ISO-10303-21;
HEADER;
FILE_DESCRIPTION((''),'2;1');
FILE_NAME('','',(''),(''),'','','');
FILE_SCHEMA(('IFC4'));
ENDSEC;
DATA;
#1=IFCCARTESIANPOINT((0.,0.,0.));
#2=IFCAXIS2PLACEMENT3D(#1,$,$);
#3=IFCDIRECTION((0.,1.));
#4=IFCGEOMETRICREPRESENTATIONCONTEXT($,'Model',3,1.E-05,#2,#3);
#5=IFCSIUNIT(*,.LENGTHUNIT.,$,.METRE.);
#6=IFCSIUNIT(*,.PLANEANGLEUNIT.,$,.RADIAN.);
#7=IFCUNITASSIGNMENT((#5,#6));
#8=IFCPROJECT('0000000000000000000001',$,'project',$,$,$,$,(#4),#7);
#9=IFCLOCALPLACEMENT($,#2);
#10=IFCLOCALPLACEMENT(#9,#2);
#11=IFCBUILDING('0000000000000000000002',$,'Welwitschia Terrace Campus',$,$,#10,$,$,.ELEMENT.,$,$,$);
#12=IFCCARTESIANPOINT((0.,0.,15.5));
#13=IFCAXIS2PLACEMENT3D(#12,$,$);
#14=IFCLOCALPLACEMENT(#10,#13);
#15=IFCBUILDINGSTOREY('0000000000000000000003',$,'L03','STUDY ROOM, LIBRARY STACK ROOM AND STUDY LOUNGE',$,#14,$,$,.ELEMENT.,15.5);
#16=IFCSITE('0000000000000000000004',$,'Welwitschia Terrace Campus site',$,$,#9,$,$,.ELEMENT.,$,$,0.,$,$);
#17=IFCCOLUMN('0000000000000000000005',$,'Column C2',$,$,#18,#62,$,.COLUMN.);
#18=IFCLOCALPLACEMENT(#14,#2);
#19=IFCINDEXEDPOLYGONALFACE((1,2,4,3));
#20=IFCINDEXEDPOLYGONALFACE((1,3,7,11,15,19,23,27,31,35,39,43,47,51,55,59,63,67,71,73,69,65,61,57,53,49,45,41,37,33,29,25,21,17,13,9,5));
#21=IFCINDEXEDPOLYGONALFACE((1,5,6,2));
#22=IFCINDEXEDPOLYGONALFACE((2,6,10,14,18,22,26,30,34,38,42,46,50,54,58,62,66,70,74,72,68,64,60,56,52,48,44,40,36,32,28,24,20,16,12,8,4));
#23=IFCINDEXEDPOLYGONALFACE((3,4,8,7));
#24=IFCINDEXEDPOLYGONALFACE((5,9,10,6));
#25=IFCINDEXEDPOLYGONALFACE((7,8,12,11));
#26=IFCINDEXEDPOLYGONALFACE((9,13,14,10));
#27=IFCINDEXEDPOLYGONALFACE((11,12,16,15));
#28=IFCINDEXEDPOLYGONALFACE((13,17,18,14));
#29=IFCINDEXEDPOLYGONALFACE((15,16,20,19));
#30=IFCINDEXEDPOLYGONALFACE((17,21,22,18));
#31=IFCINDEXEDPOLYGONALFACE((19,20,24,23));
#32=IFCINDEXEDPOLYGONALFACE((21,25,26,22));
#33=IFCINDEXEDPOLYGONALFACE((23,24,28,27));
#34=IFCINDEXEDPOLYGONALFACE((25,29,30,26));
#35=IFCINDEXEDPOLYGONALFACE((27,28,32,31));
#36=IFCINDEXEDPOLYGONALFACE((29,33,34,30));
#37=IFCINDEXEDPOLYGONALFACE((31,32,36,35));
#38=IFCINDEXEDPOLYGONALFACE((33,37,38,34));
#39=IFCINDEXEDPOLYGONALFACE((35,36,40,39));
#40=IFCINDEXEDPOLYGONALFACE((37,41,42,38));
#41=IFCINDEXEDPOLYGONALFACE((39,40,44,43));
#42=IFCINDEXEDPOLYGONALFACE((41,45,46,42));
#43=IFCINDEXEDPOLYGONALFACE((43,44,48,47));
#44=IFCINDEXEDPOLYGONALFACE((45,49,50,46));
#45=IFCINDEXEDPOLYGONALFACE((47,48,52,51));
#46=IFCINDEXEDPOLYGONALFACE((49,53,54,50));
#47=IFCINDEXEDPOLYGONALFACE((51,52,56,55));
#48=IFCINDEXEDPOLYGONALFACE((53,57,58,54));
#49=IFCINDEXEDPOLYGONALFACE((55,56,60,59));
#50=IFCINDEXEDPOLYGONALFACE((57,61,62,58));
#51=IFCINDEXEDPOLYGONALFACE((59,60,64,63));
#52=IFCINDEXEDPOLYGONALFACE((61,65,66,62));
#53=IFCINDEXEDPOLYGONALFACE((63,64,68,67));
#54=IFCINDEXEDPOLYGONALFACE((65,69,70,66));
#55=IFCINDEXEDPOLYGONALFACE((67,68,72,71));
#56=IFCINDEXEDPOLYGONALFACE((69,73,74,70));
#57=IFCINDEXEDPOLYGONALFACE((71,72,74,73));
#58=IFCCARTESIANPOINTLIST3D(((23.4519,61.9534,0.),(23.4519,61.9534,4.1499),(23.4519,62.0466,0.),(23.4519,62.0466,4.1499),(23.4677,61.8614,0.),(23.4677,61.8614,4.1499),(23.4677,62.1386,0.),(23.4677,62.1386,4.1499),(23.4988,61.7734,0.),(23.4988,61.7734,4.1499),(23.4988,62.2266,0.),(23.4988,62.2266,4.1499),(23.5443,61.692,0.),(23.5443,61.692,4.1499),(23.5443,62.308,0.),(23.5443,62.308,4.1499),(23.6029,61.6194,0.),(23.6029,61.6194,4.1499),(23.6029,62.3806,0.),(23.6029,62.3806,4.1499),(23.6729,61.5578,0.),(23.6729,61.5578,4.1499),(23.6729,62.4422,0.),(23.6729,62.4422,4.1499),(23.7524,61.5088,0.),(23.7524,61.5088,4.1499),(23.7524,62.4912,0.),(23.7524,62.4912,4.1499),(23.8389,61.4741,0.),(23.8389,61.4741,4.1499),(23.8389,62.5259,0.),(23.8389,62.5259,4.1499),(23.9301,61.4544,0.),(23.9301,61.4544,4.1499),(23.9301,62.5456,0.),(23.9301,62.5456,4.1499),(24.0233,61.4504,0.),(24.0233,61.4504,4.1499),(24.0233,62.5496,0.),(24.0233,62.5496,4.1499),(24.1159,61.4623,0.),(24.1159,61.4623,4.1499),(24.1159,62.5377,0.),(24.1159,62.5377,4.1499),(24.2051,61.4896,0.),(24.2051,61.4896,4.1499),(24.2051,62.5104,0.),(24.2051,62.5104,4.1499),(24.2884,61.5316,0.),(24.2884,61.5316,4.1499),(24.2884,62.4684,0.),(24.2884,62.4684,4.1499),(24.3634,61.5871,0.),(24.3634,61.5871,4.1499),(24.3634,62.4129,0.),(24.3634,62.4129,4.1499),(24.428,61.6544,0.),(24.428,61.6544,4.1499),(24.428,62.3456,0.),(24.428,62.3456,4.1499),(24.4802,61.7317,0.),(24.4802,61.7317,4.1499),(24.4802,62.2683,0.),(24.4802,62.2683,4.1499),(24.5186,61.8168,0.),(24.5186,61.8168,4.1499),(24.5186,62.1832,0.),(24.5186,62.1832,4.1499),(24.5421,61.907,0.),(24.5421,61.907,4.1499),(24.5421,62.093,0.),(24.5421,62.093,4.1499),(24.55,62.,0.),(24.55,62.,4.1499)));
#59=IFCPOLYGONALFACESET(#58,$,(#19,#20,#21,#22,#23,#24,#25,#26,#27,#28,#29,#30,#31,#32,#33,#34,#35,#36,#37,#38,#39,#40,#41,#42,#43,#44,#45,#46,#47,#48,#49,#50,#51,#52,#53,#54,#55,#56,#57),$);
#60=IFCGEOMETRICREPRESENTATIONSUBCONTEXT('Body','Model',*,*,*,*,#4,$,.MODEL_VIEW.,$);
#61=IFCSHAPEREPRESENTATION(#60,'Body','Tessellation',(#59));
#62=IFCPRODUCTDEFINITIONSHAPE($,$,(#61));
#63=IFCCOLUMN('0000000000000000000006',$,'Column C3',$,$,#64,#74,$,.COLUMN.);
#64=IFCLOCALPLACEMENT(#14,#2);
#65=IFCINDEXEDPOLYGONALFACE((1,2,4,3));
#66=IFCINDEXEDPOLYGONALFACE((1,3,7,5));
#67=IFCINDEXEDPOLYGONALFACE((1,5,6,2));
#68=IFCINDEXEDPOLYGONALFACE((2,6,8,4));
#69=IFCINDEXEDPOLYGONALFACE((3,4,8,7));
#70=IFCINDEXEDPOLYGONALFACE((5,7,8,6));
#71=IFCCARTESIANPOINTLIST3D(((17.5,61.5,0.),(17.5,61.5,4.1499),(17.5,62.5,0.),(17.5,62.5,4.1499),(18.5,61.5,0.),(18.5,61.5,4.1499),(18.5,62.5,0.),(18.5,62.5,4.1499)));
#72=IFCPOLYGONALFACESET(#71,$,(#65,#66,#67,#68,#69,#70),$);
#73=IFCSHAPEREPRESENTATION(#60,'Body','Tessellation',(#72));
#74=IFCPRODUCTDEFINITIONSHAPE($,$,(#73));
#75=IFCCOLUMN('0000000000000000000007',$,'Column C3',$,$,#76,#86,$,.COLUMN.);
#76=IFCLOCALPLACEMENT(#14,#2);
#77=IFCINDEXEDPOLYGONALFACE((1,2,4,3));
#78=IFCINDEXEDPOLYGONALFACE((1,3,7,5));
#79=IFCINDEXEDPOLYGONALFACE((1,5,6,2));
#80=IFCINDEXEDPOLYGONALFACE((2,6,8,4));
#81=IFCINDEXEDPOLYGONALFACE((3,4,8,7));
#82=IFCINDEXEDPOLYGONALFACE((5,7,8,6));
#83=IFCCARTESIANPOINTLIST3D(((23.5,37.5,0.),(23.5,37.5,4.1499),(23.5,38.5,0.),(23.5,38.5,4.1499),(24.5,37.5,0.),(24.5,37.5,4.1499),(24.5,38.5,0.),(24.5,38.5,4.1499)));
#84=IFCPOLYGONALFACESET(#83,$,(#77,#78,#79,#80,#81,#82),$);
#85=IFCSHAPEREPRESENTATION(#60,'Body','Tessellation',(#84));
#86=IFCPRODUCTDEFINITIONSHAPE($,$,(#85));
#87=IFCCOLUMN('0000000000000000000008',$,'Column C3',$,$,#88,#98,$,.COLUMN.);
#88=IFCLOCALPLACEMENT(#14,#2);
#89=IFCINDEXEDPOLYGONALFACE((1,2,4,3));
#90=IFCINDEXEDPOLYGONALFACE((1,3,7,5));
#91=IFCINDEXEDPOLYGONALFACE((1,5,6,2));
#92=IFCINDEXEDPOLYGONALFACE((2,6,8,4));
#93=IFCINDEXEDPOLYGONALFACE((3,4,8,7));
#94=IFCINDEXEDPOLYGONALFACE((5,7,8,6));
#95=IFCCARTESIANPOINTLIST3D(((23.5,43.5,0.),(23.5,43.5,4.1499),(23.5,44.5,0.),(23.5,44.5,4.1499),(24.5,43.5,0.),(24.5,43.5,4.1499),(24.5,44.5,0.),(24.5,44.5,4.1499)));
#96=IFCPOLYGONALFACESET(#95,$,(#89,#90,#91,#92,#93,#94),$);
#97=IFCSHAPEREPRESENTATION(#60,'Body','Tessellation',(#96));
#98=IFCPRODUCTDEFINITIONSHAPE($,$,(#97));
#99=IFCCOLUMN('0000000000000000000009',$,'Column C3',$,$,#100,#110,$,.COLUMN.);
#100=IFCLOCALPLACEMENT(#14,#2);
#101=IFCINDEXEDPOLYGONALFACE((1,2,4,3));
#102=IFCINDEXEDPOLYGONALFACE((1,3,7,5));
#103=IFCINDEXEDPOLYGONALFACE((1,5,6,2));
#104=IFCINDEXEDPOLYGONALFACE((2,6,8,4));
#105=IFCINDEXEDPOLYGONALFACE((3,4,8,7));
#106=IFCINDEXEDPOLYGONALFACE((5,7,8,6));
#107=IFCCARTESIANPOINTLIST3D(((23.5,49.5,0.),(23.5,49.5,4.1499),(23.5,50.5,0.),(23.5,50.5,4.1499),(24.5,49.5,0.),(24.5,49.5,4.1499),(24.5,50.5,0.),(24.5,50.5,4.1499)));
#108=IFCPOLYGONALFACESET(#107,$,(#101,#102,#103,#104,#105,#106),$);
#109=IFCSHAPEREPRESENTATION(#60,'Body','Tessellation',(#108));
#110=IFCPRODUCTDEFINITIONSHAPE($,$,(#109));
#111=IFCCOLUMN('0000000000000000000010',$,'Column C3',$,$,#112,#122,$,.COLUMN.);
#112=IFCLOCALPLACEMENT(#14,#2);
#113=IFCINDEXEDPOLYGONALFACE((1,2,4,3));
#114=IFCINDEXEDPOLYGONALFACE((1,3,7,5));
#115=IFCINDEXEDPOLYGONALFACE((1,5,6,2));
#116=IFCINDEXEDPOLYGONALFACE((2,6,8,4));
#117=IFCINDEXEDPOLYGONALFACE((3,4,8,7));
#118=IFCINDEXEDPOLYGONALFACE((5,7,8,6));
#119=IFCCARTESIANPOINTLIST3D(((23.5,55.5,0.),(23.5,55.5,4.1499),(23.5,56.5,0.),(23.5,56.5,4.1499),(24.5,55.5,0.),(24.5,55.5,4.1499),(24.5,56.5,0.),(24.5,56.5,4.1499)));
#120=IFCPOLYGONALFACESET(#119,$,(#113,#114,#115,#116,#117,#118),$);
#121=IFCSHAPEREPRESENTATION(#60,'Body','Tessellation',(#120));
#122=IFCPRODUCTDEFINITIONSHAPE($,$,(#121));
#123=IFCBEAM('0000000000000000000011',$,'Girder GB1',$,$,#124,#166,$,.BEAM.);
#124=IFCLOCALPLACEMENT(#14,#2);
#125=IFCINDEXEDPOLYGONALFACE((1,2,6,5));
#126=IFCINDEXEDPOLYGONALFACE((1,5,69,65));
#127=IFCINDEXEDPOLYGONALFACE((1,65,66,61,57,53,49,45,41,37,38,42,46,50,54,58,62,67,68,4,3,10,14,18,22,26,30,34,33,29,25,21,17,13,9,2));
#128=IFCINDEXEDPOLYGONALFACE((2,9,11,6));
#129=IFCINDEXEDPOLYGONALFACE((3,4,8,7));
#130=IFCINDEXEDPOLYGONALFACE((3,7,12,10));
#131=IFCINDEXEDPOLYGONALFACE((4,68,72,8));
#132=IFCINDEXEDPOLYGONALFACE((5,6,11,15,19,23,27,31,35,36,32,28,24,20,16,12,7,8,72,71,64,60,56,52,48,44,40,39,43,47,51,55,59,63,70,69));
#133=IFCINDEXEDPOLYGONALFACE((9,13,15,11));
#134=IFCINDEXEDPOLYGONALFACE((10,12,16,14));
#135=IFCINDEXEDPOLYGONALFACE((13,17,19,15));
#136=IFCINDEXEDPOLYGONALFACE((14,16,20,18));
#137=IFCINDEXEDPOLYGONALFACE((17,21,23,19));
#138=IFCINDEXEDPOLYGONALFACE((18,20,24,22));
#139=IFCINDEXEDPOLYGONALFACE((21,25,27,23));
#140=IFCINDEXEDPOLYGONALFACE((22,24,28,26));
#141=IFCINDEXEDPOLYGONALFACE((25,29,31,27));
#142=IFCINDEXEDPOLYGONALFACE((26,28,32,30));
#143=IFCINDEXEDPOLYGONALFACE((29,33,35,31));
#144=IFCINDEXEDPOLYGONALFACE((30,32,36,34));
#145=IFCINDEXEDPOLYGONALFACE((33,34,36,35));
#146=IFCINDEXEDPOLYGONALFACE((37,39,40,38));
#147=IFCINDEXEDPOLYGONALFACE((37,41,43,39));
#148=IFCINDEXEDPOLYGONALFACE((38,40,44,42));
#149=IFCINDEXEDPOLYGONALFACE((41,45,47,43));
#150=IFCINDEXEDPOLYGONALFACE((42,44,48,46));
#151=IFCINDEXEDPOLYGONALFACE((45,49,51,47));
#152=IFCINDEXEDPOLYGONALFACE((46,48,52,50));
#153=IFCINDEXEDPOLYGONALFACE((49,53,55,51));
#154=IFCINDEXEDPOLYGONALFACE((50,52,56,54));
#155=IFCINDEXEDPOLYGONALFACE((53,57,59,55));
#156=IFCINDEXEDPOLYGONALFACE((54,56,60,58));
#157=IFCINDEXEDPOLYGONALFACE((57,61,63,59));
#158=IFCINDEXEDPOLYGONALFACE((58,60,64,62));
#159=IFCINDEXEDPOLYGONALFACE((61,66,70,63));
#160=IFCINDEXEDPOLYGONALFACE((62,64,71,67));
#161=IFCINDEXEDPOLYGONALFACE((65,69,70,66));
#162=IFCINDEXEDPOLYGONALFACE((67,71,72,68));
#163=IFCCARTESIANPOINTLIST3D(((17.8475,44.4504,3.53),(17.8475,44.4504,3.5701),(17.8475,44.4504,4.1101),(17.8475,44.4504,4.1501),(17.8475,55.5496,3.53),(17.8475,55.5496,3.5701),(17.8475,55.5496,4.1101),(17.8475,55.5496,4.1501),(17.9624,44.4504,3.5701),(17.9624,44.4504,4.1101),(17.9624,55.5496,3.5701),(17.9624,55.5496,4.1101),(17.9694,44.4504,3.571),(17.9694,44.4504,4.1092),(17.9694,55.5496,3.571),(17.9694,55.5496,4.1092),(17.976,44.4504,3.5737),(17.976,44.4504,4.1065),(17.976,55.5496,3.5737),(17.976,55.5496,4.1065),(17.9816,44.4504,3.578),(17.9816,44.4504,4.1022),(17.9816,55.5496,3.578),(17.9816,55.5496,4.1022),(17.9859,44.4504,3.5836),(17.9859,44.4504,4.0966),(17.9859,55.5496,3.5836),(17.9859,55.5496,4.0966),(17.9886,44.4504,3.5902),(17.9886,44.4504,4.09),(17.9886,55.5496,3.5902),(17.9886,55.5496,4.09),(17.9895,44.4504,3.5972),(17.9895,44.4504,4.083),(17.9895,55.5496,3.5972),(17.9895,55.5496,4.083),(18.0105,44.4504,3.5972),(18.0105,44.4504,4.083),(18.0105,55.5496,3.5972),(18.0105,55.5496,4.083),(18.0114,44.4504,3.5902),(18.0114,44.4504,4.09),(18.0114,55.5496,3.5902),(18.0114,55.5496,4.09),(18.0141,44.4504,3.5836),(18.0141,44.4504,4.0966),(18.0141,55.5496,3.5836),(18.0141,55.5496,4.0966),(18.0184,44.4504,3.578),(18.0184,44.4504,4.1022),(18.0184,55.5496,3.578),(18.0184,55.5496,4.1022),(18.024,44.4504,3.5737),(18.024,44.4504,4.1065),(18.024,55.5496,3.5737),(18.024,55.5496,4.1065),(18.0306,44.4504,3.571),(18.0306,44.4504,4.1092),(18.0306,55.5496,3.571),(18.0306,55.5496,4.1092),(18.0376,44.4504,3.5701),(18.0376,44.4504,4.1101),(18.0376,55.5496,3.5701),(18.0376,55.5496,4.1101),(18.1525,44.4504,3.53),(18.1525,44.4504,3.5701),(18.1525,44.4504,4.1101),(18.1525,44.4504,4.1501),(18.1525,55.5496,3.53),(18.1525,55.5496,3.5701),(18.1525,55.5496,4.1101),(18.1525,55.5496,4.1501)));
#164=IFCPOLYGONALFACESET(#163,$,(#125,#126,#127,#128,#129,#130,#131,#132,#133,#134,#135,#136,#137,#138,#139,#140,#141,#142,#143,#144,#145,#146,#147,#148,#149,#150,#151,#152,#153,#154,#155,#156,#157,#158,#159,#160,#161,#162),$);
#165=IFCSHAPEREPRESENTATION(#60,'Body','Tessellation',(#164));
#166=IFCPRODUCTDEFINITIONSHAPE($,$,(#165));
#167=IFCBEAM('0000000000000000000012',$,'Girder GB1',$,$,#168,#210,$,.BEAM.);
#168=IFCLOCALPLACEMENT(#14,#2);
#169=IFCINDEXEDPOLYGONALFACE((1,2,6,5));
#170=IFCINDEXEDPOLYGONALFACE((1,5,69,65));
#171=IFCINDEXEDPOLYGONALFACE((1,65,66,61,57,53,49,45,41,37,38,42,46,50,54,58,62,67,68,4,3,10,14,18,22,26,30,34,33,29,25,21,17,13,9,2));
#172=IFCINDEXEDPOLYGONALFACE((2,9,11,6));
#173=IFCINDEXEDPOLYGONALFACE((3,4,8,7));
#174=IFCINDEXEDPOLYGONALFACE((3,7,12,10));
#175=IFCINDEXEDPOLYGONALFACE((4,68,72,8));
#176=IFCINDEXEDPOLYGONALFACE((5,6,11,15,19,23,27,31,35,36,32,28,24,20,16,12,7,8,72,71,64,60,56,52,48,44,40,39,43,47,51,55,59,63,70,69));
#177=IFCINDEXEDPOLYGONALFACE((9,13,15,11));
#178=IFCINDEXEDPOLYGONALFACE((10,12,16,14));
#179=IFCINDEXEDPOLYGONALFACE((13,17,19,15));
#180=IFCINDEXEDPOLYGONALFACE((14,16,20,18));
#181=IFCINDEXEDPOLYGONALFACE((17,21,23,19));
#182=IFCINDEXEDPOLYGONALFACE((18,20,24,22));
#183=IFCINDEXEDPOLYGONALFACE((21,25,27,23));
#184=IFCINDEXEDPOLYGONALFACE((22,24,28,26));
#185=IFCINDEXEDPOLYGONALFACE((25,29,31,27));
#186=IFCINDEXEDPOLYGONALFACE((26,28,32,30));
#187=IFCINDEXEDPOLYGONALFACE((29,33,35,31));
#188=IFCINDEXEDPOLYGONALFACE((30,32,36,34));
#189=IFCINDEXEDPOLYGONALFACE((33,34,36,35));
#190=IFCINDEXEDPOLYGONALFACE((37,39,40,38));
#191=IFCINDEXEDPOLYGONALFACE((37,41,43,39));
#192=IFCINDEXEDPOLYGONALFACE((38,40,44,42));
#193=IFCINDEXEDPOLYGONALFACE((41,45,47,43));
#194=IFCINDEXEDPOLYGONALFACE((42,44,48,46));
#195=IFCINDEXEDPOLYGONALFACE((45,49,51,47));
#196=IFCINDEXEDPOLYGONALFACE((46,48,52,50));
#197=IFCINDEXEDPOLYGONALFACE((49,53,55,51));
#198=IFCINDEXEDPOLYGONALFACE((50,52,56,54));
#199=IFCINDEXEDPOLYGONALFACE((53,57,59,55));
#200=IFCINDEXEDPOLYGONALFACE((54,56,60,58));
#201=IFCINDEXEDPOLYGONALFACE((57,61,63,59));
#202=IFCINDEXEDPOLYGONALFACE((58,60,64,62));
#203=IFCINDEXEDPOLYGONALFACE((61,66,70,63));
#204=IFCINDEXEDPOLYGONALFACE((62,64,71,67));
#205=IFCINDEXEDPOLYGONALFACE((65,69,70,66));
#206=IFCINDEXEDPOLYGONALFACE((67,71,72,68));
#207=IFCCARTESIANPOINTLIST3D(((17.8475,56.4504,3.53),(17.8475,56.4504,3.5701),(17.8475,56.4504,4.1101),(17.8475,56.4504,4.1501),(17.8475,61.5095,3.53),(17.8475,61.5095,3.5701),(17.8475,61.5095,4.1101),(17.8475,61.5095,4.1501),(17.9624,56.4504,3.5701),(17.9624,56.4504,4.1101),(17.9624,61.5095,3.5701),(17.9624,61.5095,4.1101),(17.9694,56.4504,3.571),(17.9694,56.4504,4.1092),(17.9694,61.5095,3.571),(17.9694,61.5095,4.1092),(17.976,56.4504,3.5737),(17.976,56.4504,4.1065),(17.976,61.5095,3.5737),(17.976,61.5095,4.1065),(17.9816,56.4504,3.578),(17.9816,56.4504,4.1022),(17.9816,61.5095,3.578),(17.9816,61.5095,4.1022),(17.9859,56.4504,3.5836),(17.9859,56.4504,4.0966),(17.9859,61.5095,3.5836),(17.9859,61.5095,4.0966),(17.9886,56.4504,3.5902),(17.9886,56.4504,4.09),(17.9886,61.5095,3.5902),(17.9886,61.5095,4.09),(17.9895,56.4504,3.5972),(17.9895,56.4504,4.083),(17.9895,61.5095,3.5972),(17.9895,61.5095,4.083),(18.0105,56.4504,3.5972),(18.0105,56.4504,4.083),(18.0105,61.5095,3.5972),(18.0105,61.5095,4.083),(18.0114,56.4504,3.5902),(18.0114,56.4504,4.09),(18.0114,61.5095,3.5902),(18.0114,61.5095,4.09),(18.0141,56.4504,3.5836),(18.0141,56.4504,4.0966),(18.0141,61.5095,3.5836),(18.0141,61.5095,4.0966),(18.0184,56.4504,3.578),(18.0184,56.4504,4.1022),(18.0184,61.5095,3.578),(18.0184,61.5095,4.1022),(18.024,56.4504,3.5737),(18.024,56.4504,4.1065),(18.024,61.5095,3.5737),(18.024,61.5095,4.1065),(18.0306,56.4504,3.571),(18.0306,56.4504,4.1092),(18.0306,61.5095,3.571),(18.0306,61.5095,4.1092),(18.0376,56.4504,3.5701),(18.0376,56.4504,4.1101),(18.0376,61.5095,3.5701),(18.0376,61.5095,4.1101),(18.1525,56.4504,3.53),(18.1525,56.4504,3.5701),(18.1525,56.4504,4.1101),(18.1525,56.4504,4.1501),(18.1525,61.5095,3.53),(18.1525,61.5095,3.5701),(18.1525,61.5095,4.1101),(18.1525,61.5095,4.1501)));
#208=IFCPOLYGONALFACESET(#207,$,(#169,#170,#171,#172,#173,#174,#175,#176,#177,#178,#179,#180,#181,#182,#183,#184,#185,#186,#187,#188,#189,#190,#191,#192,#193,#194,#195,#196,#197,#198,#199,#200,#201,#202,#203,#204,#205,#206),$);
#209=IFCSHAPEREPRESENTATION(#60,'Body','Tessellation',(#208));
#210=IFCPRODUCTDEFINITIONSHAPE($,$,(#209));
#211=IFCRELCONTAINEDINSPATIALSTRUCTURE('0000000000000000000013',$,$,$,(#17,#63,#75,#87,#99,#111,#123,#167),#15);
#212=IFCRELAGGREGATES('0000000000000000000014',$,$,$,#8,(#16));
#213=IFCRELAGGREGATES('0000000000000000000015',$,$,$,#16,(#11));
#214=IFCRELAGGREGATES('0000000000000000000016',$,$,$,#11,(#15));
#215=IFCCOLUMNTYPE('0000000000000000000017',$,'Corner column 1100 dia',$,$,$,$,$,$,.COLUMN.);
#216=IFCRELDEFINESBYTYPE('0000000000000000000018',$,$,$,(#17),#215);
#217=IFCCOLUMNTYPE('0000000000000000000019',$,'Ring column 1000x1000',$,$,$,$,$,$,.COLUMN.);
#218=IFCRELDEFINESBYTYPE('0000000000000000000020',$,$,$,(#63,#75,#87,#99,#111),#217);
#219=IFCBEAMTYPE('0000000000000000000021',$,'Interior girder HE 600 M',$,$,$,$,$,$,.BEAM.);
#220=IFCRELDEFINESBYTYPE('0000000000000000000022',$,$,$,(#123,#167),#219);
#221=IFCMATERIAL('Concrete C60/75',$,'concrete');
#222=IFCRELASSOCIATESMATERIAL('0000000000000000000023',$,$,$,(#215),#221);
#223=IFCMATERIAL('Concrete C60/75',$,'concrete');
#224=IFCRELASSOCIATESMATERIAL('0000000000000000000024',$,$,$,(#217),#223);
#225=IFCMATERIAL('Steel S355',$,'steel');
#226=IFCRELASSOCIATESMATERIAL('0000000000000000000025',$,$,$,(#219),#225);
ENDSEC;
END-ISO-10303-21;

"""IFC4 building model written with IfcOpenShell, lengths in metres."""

from ifc_helpers import new_model, si_unit, direction, frame, origin, origin_2d, place, context, subcontext, project, spatial, rectangle, circle, i_section, extrude, material, material_profile, profile_set, type_object, element, save


model = new_model("IFC4")

# Units and contexts
model_context = context("Model", 3, precision=1e-05, world=origin(), true_north=direction((0.0, 1.0)))
body_context = subcontext(model_context, "Body", "Model", "MODEL_VIEW")
ifc_project = project(units=[si_unit("LENGTHUNIT", "METRE"), si_unit("PLANEANGLEUNIT", "RADIAN")], contexts=[model_context])

# Site, building, storey
site_placement = place(None, origin())
site = spatial("IfcSite", under=ifc_project, at=site_placement, Name="Welwitschia Terrace Campus site", CompositionType="ELEMENT", RefElevation=0.0)
building_placement = place(site_placement, origin())
building = spatial("IfcBuilding", under=site, at=building_placement, Name="Welwitschia Terrace Campus", CompositionType="ELEMENT")
storey_placement = place(building_placement, frame((0.0, 0.0, 15.5)))
storey = spatial("IfcBuildingStorey", under=building, at=storey_placement, Name="L03", Description="STUDY ROOM, LIBRARY STACK ROOM AND STUDY LOUNGE", CompositionType="ELEMENT", Elevation=15.5)

# Columns
ifc_material_1 = material(Name="Concrete C60/75", Category="concrete")
ifc_material_profile_1 = material_profile(ifc_material_1, circle(Radius=0.55, at=origin_2d()))
ifc_profile_set_1 = profile_set([ifc_material_profile_1], Name="Concrete C60/75")
column_type_1 = type_object("IfcColumnType", Name="Corner column 1100 dia", PredefinedType="COLUMN", material=ifc_profile_set_1)
column_placement = place(storey_placement, frame((24.0, 62.0, 0.0), z_axis=(0.0, 0.0, 1.0), x_axis=(1.0, 0.0, 0.0)))
element("IfcColumn", 1, at=column_placement, inside=storey, type_object=column_type_1, Name="Column C2", PredefinedType="COLUMN", context=body_context, shape_type="SweptSolid", body=[
    extrude(circle(Radius=0.55, at=origin_2d()), origin(), (0.0, 0.0, 1.0), 4.1499),
])
ifc_material_2 = material(Name="Concrete C60/75", Category="concrete")
ifc_material_profile_2 = material_profile(ifc_material_2, rectangle(XDim=1.0, YDim=1.0, at=origin_2d()))
ifc_profile_set_2 = profile_set([ifc_material_profile_2], Name="Concrete C60/75")
column_type_2 = type_object("IfcColumnType", Name="Ring column 1000x1000", PredefinedType="COLUMN", material=ifc_profile_set_2)
for number, where, z_axis, x_axis, name in (
    (2, (18.0, 62.0, 0.0), (0.0, 0.0, 1.0), (1.0, 0.0, 0.0), "Column C3"),
    (3, (24.0, 38.0, 0.0), (0.0, 0.0, 1.0), (1.0, 0.0, 0.0), "Column C3"),
    (4, (24.0, 44.0, 0.0), (0.0, 0.0, 1.0), (1.0, 0.0, 0.0), "Column C3"),
    (5, (24.0, 50.0, 0.0), (0.0, 0.0, 1.0), (1.0, 0.0, 0.0), "Column C3"),
    (6, (24.0, 56.0, 0.0), (0.0, 0.0, 1.0), (1.0, 0.0, 0.0), "Column C3"),
):
    element("IfcColumn", number, at=place(storey_placement, frame(where, z_axis=z_axis, x_axis=x_axis)), inside=storey, type_object=column_type_2, Name=name, PredefinedType="COLUMN", context=body_context, shape_type="SweptSolid", body=[
        extrude(rectangle(XDim=1.0, YDim=1.0, at=origin_2d()), origin(), (0.0, 0.0, 1.0), 4.1499),
    ])

# Beams
ifc_material_3 = material(Name="Steel S355", Category="steel")
ifc_material_profile_3 = material_profile(ifc_material_3, i_section(OverallWidth=0.3049, OverallDepth=0.6201, WebThickness=0.021, FlangeThickness=0.04, FilletRadius=0.0271, at=origin_2d()))
ifc_profile_set_3 = profile_set([ifc_material_profile_3], Name="Steel S355")
beam_type_1 = type_object("IfcBeamType", Name="Interior girder HE 600 M", PredefinedType="BEAM", material=ifc_profile_set_3)
beam_1_placement = place(storey_placement, frame((18.0, 44.4504, 3.8401), z_axis=(0.0, 1.0, 0.0), x_axis=(-1.0, 0.0, 0.0)))
element("IfcBeam", 7, at=beam_1_placement, inside=storey, type_object=beam_type_1, Name="Girder GB1", PredefinedType="BEAM", context=body_context, shape_type="SweptSolid", body=[
    extrude(i_section(OverallWidth=0.3049, OverallDepth=0.6201, WebThickness=0.021, FlangeThickness=0.04, FilletRadius=0.0271, at=origin_2d()), origin(), (0.0, 0.0, 1.0), 11.0991),
])
beam_2_placement = place(storey_placement, frame((18.0, 56.4504, 3.8401), z_axis=(0.0, 1.0, 0.0), x_axis=(-1.0, 0.0, 0.0)))
element("IfcBeam", 8, at=beam_2_placement, inside=storey, type_object=beam_type_1, Name="Girder GB1", PredefinedType="BEAM", context=body_context, shape_type="SweptSolid", body=[
    extrude(i_section(OverallWidth=0.3049, OverallDepth=0.6201, WebThickness=0.021, FlangeThickness=0.04, FilletRadius=0.0271, at=origin_2d()), origin(), (0.0, 0.0, 1.0), 5.0591),
])

save(model, "model.ifc")
